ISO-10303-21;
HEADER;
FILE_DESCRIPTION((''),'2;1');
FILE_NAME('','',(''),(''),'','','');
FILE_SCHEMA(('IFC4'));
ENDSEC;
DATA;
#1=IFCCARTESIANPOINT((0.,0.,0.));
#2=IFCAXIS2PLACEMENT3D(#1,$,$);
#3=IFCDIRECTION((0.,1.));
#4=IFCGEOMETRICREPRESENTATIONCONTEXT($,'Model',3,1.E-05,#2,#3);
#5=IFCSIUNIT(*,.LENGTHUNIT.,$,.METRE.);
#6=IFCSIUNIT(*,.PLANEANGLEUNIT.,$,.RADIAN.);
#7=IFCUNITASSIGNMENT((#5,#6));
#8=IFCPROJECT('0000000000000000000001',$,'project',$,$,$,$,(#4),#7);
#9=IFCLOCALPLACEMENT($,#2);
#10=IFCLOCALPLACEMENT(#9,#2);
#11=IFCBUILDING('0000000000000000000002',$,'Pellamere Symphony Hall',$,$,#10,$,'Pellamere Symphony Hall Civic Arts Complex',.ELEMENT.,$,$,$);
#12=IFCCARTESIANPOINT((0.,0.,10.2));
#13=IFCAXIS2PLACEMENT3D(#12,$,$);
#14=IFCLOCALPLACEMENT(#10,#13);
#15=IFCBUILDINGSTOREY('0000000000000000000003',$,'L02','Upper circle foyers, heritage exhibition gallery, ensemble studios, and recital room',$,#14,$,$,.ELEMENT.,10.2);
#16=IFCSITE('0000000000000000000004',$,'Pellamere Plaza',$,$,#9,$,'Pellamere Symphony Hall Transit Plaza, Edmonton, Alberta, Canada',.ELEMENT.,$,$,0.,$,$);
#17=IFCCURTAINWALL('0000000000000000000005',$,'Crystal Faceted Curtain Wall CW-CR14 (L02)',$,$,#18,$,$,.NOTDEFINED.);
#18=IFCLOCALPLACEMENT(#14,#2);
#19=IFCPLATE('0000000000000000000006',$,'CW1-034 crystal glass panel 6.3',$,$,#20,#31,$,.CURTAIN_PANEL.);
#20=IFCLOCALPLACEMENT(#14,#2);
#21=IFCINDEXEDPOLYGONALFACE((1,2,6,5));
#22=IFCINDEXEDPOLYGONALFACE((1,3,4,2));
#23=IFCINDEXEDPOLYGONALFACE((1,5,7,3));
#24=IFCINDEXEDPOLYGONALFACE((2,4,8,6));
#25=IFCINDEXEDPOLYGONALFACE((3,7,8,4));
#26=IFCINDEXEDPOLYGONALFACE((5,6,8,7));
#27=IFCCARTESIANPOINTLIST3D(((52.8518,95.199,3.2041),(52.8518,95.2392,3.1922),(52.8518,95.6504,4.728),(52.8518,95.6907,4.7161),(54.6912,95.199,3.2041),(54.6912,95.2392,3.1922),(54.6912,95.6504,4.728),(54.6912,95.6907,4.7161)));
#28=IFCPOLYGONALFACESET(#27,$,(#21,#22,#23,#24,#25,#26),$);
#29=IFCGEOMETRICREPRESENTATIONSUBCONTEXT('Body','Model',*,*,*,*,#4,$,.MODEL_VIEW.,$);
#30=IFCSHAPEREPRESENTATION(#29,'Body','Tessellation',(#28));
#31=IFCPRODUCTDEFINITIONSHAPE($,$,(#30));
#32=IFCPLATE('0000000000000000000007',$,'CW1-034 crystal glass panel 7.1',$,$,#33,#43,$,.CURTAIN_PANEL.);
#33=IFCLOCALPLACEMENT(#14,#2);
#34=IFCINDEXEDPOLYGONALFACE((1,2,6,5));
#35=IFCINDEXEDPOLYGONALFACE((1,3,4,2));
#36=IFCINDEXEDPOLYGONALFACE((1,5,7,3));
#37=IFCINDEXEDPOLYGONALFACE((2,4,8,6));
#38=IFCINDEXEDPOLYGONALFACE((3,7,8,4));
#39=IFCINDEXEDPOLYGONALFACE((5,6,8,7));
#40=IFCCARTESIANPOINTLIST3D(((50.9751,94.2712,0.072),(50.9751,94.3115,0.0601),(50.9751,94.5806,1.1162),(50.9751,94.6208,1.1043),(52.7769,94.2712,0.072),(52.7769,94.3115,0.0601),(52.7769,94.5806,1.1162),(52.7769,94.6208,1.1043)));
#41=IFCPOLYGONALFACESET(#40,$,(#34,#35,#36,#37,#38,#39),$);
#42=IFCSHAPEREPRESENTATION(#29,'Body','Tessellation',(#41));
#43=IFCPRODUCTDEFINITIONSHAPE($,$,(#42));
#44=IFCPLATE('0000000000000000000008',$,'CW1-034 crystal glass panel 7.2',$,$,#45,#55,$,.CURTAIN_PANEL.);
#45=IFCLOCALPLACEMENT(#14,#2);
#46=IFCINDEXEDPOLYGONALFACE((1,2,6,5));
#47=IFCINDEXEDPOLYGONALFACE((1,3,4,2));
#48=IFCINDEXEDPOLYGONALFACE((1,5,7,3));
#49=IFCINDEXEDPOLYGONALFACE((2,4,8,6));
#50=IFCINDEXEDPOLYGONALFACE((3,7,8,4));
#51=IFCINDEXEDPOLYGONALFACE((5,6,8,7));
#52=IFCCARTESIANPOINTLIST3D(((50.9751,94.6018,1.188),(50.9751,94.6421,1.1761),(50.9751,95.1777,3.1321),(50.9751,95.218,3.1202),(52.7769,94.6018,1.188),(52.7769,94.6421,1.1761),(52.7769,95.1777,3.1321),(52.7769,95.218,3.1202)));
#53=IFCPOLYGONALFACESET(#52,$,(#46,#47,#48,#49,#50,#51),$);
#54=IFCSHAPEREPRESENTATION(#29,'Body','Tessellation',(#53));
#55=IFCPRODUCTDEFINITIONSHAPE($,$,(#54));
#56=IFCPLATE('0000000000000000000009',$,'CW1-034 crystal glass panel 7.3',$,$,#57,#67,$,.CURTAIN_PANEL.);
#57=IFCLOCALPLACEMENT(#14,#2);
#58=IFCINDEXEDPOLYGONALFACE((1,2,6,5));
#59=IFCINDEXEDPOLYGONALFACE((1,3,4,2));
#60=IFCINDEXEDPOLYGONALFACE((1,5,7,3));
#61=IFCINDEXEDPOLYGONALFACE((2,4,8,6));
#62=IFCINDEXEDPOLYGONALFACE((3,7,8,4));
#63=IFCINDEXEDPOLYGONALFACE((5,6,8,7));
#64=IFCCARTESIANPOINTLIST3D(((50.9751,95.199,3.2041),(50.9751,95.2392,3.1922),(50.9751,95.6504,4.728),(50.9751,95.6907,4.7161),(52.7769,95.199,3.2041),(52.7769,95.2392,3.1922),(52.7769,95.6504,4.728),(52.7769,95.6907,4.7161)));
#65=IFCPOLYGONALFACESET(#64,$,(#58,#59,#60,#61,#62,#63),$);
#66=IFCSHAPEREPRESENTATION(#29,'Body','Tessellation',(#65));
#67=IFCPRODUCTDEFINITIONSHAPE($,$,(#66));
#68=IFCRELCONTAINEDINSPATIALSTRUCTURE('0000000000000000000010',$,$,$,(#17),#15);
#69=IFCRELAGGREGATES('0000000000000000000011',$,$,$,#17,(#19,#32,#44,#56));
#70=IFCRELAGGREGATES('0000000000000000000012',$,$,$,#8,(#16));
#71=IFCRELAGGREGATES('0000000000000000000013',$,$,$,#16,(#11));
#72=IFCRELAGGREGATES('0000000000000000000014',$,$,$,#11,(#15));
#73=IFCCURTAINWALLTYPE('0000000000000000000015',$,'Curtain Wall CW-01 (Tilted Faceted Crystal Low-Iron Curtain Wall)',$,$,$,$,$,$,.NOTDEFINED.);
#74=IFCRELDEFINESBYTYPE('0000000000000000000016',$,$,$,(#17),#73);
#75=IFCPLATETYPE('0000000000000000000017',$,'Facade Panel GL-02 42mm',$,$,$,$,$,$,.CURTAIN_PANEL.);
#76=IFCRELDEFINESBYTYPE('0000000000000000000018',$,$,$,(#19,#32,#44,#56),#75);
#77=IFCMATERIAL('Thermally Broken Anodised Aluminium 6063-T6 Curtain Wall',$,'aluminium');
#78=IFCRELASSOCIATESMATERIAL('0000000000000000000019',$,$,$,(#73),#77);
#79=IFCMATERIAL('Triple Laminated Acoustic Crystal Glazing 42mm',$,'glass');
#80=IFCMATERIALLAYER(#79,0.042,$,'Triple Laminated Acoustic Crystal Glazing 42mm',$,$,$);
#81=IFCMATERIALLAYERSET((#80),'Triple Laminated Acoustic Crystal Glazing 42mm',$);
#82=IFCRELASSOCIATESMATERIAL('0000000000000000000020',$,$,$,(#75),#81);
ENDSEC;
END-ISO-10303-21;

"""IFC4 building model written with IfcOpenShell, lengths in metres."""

from ifc_helpers import new_model, si_unit, direction, frame, origin, place, context, subcontext, project, spatial, polyline, outline, extrude, material, layer, layer_set, type_object, element, aggregate, save


model = new_model("IFC4")

# Units and contexts
model_context = context("Model", 3, precision=1e-05, world=origin(), true_north=direction((0.0, 1.0)))
body_context = subcontext(model_context, "Body", "Model", "MODEL_VIEW")
ifc_project = project(units=[si_unit("LENGTHUNIT", "METRE"), si_unit("PLANEANGLEUNIT", "RADIAN")], contexts=[model_context])

# Site, building, storey
site_placement = place(None, origin())
site = spatial("IfcSite", under=ifc_project, at=site_placement, Name="Pellamere Plaza", LongName="Pellamere Symphony Hall Transit Plaza, Edmonton, Alberta, Canada", CompositionType="ELEMENT", RefElevation=0.0)
building_placement = place(site_placement, origin())
building = spatial("IfcBuilding", under=site, at=building_placement, Name="Pellamere Symphony Hall", LongName="Pellamere Symphony Hall Civic Arts Complex", CompositionType="ELEMENT")
storey_placement = place(building_placement, frame((0.0, 0.0, 10.2)))
storey = spatial("IfcBuildingStorey", under=building, at=storey_placement, Name="L02", Description="Upper circle foyers, heritage exhibition gallery, ensemble studios, and recital room", CompositionType="ELEMENT", Elevation=10.2)

# Curtain wall
ifc_material_1 = material(Name="Thermally Broken Anodised Aluminium 6063-T6 Curtain Wall", Category="aluminium")
curtain_wall_type = type_object("IfcCurtainWallType", Name="Curtain Wall CW-01 (Tilted Faceted Crystal Low-Iron Curtain Wall)", PredefinedType="NOTDEFINED", material=ifc_material_1)
curtain_wall_placement = place(storey_placement, origin())
curtain_wall = element("IfcCurtainWall", 1, at=curtain_wall_placement, inside=storey, type_object=curtain_wall_type, Name="Crystal Faceted Curtain Wall CW-CR14 (L02)", PredefinedType="NOTDEFINED")

# Plates
ifc_material_2 = material(Name="Triple Laminated Acoustic Crystal Glazing 42mm", Category="glass")
ifc_layer = layer(ifc_material_2, 0.042, Name="Triple Laminated Acoustic Crystal Glazing 42mm")
ifc_layer_set = layer_set([ifc_layer], Name="Triple Laminated Acoustic Crystal Glazing 42mm")
plate_type = type_object("IfcPlateType", Name="Facade Panel GL-02 42mm", PredefinedType="CURTAIN_PANEL", material=ifc_layer_set)
plate_1_placement = place(storey_placement, frame((54.6912, 95.199, 3.2041), z_axis=(0.0, -0.958818, 0.28402), x_axis=(-1.0, 0.0, 0.0)))
plate_1 = element("IfcPlate", 2, at=plate_1_placement, type_object=plate_type, Name="CW1-034 crystal glass panel 6.3", PredefinedType="CURTAIN_PANEL", context=body_context, shape_type="SweptSolid", body=[
    extrude(outline(polyline([(0.0, 0.0), (1.8394, 0.0), (1.8394, -1.5894), (0.0, -1.5894), (0.0, 0.0)])), origin(), (0.0, 0.0, -1.0), 0.042),
])
plate_2_placement = place(storey_placement, frame((52.7769, 94.2712, 0.072), z_axis=(0.0, -0.958814, 0.284035), x_axis=(-1.0, 0.0, 0.0)))
plate_2 = element("IfcPlate", 3, at=plate_2_placement, type_object=plate_type, Name="CW1-034 crystal glass panel 7.1", PredefinedType="CURTAIN_PANEL", context=body_context, shape_type="SweptSolid", body=[
    extrude(outline(polyline([(0.0, 0.0), (1.8018, 0.0), (1.8018, -1.089), (0.0, -1.089), (0.0, 0.0)])), origin(), (0.0, 0.0, -1.0), 0.042),
])
plate_3_placement = place(storey_placement, frame((52.7769, 94.6018, 1.188), z_axis=(0.0, -0.958811, 0.284043), x_axis=(-1.0, 0.0, 0.0)))
plate_3 = element("IfcPlate", 4, at=plate_3_placement, type_object=plate_type, Name="CW1-034 crystal glass panel 7.2", PredefinedType="CURTAIN_PANEL", context=body_context, shape_type="SweptSolid", body=[
    extrude(outline(polyline([(0.0, 0.0), (1.8018, 0.0), (1.8018, -2.0276), (0.0, -2.0276), (0.0, 0.0)])), origin(), (0.0, 0.0, -1.0), 0.042),
])
plate_4_placement = place(storey_placement, frame((52.7769, 95.199, 3.2041), z_axis=(0.0, -0.958818, 0.28402), x_axis=(-1.0, 0.0, 0.0)))
plate_4 = element("IfcPlate", 5, at=plate_4_placement, type_object=plate_type, Name="CW1-034 crystal glass panel 7.3", PredefinedType="CURTAIN_PANEL", context=body_context, shape_type="SweptSolid", body=[
    extrude(outline(polyline([(0.0, 0.0), (1.8018, 0.0), (1.8018, -1.5894), (0.0, -1.5894), (0.0, 0.0)])), origin(), (0.0, 0.0, -1.0), 0.042),
])
aggregate(curtain_wall, [plate_1, plate_2, plate_3, plate_4])

save(model, "model.ifc")
